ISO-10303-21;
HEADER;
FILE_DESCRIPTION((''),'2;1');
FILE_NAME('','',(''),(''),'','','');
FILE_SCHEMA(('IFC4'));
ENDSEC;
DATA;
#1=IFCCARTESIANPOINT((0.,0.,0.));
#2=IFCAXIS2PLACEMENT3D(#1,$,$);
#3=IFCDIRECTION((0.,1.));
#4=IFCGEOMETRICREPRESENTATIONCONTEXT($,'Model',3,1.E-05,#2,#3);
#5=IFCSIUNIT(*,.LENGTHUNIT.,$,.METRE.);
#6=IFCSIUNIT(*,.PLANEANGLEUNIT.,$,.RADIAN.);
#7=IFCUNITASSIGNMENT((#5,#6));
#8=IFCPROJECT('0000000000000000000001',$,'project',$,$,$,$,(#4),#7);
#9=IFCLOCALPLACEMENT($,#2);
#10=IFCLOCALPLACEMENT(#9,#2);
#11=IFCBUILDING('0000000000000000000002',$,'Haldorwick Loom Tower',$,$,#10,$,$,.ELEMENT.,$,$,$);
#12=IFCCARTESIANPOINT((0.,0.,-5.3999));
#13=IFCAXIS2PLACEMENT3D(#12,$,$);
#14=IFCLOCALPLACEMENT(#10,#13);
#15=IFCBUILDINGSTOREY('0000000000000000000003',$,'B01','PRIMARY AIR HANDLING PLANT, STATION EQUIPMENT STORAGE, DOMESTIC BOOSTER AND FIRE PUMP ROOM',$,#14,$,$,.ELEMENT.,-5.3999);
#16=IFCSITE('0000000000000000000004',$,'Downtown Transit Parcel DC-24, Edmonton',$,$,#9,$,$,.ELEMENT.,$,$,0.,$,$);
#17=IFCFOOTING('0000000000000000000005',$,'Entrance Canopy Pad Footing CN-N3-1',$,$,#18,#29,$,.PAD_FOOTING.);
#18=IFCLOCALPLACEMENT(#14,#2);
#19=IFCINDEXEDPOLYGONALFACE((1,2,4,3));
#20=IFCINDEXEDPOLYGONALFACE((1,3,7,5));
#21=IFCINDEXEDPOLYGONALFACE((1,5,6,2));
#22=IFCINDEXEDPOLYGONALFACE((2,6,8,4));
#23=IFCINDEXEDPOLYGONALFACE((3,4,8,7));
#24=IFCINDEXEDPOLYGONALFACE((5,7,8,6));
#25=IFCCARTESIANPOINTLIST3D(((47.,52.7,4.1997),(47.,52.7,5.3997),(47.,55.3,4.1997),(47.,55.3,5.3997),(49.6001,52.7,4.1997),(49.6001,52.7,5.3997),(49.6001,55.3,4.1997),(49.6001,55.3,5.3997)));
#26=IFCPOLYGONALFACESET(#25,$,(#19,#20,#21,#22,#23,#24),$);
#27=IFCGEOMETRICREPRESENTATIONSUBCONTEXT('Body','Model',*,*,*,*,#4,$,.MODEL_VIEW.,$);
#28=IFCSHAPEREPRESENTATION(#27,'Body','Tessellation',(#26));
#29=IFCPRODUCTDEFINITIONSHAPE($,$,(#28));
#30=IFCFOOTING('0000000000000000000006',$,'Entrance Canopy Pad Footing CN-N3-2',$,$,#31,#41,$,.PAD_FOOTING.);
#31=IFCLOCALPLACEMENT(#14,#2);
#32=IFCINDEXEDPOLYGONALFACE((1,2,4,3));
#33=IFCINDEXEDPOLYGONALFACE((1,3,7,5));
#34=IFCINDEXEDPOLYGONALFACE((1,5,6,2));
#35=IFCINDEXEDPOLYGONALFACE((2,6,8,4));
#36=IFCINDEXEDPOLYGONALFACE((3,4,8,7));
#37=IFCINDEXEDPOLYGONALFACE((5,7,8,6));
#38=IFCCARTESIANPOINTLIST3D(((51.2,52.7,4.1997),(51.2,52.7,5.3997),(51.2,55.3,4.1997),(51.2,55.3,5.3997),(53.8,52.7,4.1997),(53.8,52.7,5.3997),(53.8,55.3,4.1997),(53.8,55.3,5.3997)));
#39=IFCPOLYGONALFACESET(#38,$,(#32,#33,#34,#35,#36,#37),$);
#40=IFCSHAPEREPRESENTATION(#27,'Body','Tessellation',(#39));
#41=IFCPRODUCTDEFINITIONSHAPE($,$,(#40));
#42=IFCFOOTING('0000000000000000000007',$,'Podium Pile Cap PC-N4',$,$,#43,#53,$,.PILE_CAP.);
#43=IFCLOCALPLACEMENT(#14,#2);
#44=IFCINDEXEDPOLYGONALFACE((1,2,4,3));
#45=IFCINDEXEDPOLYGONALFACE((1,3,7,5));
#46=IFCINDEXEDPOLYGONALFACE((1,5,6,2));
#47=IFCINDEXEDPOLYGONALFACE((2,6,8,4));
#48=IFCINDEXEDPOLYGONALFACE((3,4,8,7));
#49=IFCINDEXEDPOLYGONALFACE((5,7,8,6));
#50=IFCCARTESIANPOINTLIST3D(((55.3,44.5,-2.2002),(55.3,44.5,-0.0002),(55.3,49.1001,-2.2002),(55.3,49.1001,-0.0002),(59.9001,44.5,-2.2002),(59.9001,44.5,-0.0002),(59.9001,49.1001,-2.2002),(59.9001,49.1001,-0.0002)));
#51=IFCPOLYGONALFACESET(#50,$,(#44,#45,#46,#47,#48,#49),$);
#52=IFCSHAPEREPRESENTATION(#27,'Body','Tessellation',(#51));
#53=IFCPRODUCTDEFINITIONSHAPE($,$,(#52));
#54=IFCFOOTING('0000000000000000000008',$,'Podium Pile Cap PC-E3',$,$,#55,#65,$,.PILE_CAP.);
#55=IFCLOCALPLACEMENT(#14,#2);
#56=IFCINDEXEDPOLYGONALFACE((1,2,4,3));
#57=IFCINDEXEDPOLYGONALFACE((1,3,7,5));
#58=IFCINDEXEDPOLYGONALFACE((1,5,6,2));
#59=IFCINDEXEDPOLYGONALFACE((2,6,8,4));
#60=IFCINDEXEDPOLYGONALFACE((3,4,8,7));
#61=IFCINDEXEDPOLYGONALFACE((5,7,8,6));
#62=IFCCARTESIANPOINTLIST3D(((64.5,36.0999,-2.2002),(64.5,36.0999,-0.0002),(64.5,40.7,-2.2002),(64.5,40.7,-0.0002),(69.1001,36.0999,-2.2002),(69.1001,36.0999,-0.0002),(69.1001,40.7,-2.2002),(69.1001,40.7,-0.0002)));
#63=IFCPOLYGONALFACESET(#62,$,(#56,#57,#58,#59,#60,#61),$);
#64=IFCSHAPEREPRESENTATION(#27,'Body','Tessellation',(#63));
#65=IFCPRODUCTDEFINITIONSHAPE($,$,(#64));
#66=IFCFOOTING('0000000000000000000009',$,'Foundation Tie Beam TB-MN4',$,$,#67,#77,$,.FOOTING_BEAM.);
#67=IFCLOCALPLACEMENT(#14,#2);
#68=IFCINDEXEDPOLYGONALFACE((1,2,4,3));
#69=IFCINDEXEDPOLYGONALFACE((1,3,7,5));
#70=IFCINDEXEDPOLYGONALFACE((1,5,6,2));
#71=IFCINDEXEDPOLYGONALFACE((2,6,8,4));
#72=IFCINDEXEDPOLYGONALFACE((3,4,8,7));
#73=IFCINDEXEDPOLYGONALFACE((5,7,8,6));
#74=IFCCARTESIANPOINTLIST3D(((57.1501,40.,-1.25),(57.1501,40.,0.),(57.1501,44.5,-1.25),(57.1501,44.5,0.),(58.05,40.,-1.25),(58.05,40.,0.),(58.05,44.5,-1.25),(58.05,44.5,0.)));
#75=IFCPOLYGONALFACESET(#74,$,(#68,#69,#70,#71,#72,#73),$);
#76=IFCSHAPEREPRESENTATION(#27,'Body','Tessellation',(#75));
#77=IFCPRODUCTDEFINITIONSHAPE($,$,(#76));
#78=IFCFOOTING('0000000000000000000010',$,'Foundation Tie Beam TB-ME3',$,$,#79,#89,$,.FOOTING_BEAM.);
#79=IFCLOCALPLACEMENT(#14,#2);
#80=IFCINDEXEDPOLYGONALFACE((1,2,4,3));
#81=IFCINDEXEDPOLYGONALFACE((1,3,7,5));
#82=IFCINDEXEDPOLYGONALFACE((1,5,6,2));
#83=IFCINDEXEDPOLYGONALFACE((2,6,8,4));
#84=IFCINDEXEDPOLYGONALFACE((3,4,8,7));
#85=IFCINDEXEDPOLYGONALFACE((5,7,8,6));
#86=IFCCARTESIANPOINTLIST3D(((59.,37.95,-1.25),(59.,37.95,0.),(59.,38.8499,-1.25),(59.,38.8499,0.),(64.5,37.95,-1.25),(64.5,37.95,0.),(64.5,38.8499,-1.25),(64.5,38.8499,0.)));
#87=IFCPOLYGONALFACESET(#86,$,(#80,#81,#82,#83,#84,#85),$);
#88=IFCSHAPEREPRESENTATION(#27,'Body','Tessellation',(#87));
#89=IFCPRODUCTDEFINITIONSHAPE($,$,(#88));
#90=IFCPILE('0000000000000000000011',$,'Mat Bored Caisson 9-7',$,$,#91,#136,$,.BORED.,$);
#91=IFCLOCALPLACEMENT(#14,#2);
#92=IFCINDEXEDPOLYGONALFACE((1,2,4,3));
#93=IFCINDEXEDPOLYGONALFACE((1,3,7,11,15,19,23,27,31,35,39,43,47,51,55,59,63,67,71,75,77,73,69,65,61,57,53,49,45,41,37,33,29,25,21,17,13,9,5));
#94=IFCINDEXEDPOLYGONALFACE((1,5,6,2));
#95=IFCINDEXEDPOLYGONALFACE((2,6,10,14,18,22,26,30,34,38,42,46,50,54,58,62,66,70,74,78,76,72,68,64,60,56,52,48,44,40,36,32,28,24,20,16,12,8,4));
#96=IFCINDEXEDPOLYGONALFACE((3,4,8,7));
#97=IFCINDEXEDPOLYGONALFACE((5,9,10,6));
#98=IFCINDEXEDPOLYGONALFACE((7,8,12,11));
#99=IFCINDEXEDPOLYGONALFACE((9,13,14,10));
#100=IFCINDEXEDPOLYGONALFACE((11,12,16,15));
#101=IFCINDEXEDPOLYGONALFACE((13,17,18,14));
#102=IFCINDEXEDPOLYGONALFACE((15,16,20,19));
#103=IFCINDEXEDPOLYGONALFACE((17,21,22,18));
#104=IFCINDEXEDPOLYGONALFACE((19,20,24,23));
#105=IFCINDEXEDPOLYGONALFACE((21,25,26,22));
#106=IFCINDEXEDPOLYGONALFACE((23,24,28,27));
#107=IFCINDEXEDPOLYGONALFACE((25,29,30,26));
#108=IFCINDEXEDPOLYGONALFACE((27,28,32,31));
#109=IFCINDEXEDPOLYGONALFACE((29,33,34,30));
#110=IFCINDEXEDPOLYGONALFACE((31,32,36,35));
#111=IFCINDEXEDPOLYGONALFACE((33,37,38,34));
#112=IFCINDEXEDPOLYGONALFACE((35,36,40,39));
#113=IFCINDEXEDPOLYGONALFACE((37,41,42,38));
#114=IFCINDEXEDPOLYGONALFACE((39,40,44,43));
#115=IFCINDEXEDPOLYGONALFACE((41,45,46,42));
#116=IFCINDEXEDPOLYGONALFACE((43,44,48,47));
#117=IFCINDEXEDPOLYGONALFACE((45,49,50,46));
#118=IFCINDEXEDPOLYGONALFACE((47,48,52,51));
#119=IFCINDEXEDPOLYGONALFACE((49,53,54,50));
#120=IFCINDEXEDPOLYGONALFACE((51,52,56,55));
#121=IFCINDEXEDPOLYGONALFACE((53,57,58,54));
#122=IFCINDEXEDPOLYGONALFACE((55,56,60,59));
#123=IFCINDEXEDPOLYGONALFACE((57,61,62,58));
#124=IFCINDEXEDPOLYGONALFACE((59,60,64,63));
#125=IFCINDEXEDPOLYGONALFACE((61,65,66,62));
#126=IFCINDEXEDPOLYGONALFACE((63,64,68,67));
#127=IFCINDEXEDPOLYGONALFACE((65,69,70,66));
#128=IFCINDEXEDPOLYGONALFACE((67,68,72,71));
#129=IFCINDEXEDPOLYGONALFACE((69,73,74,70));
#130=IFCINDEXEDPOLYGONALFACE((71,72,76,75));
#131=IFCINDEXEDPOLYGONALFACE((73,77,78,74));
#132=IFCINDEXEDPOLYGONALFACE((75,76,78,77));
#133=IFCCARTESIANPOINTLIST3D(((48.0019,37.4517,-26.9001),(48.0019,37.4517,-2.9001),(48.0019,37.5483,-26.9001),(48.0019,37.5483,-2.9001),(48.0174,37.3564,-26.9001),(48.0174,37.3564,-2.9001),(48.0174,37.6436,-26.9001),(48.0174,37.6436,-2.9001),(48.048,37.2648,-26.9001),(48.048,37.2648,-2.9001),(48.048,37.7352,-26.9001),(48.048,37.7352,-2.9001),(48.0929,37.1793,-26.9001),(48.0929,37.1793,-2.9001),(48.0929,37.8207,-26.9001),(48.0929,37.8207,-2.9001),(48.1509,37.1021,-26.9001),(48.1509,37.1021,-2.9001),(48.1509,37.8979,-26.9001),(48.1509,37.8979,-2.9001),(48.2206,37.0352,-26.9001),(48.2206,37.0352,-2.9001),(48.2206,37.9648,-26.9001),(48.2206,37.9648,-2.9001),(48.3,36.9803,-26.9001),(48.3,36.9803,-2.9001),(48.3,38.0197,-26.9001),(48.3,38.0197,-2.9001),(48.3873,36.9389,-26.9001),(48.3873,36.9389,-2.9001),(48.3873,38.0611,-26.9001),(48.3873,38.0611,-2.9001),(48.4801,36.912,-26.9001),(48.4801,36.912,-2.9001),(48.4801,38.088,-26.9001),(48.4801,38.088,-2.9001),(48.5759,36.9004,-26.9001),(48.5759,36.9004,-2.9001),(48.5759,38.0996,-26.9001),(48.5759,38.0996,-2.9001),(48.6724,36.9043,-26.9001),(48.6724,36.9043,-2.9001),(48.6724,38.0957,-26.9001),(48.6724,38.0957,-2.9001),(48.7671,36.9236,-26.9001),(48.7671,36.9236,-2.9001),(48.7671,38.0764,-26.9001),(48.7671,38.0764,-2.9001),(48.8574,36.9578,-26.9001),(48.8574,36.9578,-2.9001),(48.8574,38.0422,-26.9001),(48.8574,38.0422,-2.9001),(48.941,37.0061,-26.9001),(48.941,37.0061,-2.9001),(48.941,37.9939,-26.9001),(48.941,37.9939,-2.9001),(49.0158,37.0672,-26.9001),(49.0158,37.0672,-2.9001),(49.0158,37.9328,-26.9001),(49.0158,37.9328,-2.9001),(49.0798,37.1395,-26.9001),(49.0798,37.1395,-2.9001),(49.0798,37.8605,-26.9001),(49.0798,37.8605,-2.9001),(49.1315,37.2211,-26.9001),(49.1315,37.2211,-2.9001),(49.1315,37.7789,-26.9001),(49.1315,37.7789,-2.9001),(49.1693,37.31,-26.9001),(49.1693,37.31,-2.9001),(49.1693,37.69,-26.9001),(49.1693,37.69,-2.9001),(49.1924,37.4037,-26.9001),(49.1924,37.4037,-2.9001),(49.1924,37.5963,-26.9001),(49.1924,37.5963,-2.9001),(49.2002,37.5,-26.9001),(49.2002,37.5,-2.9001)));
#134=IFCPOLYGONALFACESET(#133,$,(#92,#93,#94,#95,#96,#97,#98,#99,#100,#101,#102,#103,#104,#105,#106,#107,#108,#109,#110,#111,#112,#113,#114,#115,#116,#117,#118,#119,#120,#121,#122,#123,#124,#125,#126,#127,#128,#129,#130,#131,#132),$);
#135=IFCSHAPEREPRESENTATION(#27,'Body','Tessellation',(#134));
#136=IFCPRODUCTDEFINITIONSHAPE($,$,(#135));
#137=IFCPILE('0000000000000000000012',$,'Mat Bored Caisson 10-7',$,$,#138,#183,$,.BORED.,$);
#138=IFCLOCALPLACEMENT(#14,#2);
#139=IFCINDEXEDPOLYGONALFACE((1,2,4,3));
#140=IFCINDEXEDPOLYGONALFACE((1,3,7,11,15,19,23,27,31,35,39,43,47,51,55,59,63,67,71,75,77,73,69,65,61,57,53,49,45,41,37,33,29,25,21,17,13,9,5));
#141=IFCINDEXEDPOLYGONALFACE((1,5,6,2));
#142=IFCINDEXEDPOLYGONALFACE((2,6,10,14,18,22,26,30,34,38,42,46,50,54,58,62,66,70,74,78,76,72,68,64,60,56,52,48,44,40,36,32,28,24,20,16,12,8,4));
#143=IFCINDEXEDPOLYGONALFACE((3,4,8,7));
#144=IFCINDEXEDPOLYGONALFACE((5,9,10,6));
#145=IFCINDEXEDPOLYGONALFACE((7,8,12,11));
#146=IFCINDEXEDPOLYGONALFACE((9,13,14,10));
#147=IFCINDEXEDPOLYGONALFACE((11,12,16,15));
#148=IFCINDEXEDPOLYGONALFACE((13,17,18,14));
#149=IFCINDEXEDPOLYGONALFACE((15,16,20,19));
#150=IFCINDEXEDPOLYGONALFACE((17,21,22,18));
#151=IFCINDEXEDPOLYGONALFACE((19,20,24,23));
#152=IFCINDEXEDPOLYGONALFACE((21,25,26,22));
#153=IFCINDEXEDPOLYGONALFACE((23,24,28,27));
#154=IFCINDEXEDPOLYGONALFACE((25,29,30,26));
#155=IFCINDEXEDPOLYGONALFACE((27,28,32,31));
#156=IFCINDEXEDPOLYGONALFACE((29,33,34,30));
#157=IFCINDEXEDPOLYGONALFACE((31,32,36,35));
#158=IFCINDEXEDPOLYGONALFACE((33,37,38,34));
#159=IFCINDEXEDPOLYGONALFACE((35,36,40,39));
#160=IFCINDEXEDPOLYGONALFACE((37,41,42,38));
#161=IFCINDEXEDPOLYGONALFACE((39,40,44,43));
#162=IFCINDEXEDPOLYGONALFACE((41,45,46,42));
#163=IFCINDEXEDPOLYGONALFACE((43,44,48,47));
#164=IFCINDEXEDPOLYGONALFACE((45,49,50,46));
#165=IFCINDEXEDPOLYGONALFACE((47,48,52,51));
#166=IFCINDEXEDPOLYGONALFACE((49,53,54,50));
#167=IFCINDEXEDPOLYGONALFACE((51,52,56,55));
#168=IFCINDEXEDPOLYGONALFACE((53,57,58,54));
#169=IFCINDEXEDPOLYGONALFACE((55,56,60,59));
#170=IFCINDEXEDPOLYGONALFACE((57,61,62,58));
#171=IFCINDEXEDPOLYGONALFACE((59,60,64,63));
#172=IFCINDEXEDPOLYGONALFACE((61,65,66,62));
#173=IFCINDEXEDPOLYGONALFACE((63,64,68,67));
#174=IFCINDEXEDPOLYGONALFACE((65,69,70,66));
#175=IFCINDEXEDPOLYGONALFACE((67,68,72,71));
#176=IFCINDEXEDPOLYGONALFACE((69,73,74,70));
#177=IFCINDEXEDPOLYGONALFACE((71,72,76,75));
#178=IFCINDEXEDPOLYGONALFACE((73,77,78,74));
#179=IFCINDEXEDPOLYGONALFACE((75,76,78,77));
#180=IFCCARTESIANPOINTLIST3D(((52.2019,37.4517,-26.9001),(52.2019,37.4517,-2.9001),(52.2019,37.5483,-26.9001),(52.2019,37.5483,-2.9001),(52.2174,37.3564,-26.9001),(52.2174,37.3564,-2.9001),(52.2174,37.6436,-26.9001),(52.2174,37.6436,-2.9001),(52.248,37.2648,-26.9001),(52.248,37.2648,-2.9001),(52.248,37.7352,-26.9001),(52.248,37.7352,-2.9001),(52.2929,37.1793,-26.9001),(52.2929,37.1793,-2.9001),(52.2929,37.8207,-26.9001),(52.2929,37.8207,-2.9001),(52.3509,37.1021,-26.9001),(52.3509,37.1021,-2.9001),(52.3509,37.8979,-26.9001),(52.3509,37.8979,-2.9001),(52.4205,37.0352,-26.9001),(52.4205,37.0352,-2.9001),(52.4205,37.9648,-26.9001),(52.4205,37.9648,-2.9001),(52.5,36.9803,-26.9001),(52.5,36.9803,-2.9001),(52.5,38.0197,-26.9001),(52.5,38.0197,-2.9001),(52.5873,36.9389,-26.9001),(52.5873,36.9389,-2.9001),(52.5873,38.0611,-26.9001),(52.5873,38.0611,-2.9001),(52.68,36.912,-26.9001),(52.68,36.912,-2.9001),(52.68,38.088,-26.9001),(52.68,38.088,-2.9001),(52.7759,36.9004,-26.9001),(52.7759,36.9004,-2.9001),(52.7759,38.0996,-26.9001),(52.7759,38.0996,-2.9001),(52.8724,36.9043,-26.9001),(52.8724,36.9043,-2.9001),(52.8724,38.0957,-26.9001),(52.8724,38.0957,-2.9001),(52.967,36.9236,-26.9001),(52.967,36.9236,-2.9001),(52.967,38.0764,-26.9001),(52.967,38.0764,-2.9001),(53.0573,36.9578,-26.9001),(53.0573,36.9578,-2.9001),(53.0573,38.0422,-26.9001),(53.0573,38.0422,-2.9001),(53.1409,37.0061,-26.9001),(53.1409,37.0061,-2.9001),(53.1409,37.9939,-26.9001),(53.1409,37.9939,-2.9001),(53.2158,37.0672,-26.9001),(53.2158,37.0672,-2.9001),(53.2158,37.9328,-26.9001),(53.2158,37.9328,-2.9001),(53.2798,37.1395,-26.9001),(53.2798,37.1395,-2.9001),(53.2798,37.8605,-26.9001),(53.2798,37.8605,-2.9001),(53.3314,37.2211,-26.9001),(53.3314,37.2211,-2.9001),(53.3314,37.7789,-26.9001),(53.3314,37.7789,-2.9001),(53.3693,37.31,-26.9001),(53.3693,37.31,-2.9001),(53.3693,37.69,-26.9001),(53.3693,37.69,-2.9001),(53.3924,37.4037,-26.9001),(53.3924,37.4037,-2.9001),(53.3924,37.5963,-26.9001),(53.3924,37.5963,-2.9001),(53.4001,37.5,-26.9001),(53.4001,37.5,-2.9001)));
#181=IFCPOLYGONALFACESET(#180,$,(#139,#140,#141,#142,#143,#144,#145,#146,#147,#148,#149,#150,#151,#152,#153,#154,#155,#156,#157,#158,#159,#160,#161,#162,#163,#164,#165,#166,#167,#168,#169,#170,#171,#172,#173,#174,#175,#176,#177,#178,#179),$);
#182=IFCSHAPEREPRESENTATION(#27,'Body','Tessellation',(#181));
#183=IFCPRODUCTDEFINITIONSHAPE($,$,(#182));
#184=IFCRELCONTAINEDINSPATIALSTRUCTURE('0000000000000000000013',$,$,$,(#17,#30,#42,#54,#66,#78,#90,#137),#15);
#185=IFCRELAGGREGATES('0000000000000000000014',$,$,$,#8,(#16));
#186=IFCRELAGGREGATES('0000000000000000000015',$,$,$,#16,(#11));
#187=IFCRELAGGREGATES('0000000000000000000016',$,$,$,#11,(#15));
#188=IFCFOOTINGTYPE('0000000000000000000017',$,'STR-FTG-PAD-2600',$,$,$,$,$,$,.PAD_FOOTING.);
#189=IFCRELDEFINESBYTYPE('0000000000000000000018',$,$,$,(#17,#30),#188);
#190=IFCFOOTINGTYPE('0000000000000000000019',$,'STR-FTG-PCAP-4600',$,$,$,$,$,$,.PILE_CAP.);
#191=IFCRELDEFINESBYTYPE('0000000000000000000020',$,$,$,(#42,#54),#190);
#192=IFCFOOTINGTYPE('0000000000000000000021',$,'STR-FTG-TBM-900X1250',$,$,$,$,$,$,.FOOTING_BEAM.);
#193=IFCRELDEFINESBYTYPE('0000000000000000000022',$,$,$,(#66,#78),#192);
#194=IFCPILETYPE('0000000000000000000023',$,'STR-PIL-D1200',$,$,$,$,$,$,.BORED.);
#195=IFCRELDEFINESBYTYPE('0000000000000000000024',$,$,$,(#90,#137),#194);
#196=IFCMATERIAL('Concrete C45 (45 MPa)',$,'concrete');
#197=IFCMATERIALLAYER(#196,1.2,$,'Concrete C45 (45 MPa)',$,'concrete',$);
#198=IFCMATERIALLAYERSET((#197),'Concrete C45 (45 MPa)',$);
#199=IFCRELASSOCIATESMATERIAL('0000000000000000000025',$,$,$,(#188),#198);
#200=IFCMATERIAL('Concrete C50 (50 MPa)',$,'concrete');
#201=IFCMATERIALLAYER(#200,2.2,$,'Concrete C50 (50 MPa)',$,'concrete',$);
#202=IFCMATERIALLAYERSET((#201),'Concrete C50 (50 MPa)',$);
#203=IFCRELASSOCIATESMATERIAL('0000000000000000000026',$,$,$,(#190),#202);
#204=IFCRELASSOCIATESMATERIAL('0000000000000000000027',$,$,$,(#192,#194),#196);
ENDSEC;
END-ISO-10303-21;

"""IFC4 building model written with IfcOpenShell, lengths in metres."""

from ifc_helpers import new_model, si_unit, direction, frame, origin, origin_2d, place, context, subcontext, project, spatial, rectangle, circle, extrude, material, layer, layer_set, material_profile, profile_set, type_object, element, save


model = new_model("IFC4")

# Units and contexts
model_context = context("Model", 3, precision=1e-05, world=origin(), true_north=direction((0.0, 1.0)))
body_context = subcontext(model_context, "Body", "Model", "MODEL_VIEW")
ifc_project = project(units=[si_unit("LENGTHUNIT", "METRE"), si_unit("PLANEANGLEUNIT", "RADIAN")], contexts=[model_context])

# Site, building, storey
site_placement = place(None, origin())
site = spatial("IfcSite", under=ifc_project, at=site_placement, Name="Downtown Transit Parcel DC-24, Edmonton", CompositionType="ELEMENT", RefElevation=0.0)
building_placement = place(site_placement, origin())
building = spatial("IfcBuilding", under=site, at=building_placement, Name="Haldorwick Loom Tower", CompositionType="ELEMENT")
storey_placement = place(building_placement, frame((0.0, 0.0, -5.3999)))
storey = spatial("IfcBuildingStorey", under=building, at=storey_placement, Name="B01", Description="PRIMARY AIR HANDLING PLANT, STATION EQUIPMENT STORAGE, DOMESTIC BOOSTER AND FIRE PUMP ROOM", CompositionType="ELEMENT", Elevation=-5.3999)

# Footings
ifc_material_1 = material(Name="Concrete C45 (45 MPa)", Category="concrete")
ifc_layer_1 = layer(ifc_material_1, 1.2, Name="Concrete C45 (45 MPa)", Category="concrete")
ifc_layer_set_1 = layer_set([ifc_layer_1], Name="Concrete C45 (45 MPa)")
footing_type_1 = type_object("IfcFootingType", Name="STR-FTG-PAD-2600", PredefinedType="PAD_FOOTING", material=ifc_layer_set_1)
for number, where, z_axis, x_axis, name in (
    (1, (48.3, 54.0, 4.1997), (0.0, 0.0, 1.0), (1.0, 0.0, 0.0), "Entrance Canopy Pad Footing CN-N3-1"),
    (2, (52.5, 54.0, 4.1997), (0.0, 0.0, 1.0), (1.0, 0.0, 0.0), "Entrance Canopy Pad Footing CN-N3-2"),
):
    element("IfcFooting", number, at=place(storey_placement, frame(where, z_axis=z_axis, x_axis=x_axis)), inside=storey, type_object=footing_type_1, Name=name, PredefinedType="PAD_FOOTING", context=body_context, shape_type="SweptSolid", body=[
        extrude(rectangle(XDim=2.6001, YDim=2.6001, at=origin_2d()), origin(), (0.0, 0.0, 1.0), 1.2),
    ])
ifc_material_2 = material(Name="Concrete C50 (50 MPa)", Category="concrete")
ifc_layer_2 = layer(ifc_material_2, 2.2, Name="Concrete C50 (50 MPa)", Category="concrete")
ifc_layer_set_2 = layer_set([ifc_layer_2], Name="Concrete C50 (50 MPa)")
footing_type_2 = type_object("IfcFootingType", Name="STR-FTG-PCAP-4600", PredefinedType="PILE_CAP", material=ifc_layer_set_2)
for number, where, z_axis, x_axis, name in (
    (3, (57.6001, 46.8, -2.2002), (0.0, 0.0, 1.0), (1.0, 0.0, 0.0), "Podium Pile Cap PC-N4"),
    (4, (66.8, 38.3999, -2.2002), (0.0, 0.0, 1.0), (1.0, 0.0, 0.0), "Podium Pile Cap PC-E3"),
):
    element("IfcFooting", number, at=place(storey_placement, frame(where, z_axis=z_axis, x_axis=x_axis)), inside=storey, type_object=footing_type_2, Name=name, PredefinedType="PILE_CAP", context=body_context, shape_type="SweptSolid", body=[
        extrude(rectangle(XDim=4.6001, YDim=4.6001, at=origin_2d()), origin(), (0.0, 0.0, 1.0), 2.2),
    ])
ifc_material_profile_1 = material_profile(ifc_material_1, rectangle(XDim=0.8999, YDim=1.25, at=origin_2d()), Name="RC900X1250", Category="concrete")
ifc_profile_set_1 = profile_set([ifc_material_profile_1], Name="Concrete C45 (45 MPa)")
footing_type_3 = type_object("IfcFootingType", Name="STR-FTG-TBM-900X1250", PredefinedType="FOOTING_BEAM", material=ifc_profile_set_1)
footing_1_placement = place(storey_placement, frame((57.6001, 40.0, -0.625), z_axis=(0.0, 1.0, 0.0), x_axis=(-1.0, 0.0, 0.0)))
element("IfcFooting", 5, at=footing_1_placement, inside=storey, type_object=footing_type_3, Name="Foundation Tie Beam TB-MN4", PredefinedType="FOOTING_BEAM", context=body_context, shape_type="SweptSolid", body=[
    extrude(rectangle(XDim=0.8999, YDim=1.25, at=origin_2d()), origin(), (0.0, 0.0, 1.0), 4.5),
])
footing_2_placement = place(storey_placement, frame((59.0, 38.3999, -0.625), z_axis=(1.0, 0.0, 0.0), x_axis=(0.0, 1.0, 0.0)))
element("IfcFooting", 6, at=footing_2_placement, inside=storey, type_object=footing_type_3, Name="Foundation Tie Beam TB-ME3", PredefinedType="FOOTING_BEAM", context=body_context, shape_type="SweptSolid", body=[
    extrude(rectangle(XDim=0.8999, YDim=1.25, at=origin_2d()), origin(), (0.0, 0.0, 1.0), 5.5),
])

# Piles
ifc_material_profile_2 = material_profile(ifc_material_1, circle(Radius=0.6001, at=origin_2d()), Name="CAISSON_D1200", Category="concrete")
ifc_profile_set_2 = profile_set([ifc_material_profile_2], Name="Concrete C45 (45 MPa)")
pile_type = type_object("IfcPileType", Name="STR-PIL-D1200", PredefinedType="BORED", material=ifc_profile_set_2)
for number, where, z_axis, x_axis, name in (
    (7, (48.6001, 37.5, -2.9001), (0.0, 0.0, -1.0), (1.0, 0.0, 0.0), "Mat Bored Caisson 9-7"),
    (8, (52.8, 37.5, -2.9001), (0.0, 0.0, -1.0), (1.0, 0.0, 0.0), "Mat Bored Caisson 10-7"),
):
    element("IfcPile", number, at=place(storey_placement, frame(where, z_axis=z_axis, x_axis=x_axis)), inside=storey, type_object=pile_type, Name=name, PredefinedType="BORED", context=body_context, shape_type="SweptSolid", body=[
        extrude(circle(Radius=0.6001, at=origin_2d()), origin(), (0.0, 0.0, 1.0), 24.0),
    ])

save(model, "model.ifc")
